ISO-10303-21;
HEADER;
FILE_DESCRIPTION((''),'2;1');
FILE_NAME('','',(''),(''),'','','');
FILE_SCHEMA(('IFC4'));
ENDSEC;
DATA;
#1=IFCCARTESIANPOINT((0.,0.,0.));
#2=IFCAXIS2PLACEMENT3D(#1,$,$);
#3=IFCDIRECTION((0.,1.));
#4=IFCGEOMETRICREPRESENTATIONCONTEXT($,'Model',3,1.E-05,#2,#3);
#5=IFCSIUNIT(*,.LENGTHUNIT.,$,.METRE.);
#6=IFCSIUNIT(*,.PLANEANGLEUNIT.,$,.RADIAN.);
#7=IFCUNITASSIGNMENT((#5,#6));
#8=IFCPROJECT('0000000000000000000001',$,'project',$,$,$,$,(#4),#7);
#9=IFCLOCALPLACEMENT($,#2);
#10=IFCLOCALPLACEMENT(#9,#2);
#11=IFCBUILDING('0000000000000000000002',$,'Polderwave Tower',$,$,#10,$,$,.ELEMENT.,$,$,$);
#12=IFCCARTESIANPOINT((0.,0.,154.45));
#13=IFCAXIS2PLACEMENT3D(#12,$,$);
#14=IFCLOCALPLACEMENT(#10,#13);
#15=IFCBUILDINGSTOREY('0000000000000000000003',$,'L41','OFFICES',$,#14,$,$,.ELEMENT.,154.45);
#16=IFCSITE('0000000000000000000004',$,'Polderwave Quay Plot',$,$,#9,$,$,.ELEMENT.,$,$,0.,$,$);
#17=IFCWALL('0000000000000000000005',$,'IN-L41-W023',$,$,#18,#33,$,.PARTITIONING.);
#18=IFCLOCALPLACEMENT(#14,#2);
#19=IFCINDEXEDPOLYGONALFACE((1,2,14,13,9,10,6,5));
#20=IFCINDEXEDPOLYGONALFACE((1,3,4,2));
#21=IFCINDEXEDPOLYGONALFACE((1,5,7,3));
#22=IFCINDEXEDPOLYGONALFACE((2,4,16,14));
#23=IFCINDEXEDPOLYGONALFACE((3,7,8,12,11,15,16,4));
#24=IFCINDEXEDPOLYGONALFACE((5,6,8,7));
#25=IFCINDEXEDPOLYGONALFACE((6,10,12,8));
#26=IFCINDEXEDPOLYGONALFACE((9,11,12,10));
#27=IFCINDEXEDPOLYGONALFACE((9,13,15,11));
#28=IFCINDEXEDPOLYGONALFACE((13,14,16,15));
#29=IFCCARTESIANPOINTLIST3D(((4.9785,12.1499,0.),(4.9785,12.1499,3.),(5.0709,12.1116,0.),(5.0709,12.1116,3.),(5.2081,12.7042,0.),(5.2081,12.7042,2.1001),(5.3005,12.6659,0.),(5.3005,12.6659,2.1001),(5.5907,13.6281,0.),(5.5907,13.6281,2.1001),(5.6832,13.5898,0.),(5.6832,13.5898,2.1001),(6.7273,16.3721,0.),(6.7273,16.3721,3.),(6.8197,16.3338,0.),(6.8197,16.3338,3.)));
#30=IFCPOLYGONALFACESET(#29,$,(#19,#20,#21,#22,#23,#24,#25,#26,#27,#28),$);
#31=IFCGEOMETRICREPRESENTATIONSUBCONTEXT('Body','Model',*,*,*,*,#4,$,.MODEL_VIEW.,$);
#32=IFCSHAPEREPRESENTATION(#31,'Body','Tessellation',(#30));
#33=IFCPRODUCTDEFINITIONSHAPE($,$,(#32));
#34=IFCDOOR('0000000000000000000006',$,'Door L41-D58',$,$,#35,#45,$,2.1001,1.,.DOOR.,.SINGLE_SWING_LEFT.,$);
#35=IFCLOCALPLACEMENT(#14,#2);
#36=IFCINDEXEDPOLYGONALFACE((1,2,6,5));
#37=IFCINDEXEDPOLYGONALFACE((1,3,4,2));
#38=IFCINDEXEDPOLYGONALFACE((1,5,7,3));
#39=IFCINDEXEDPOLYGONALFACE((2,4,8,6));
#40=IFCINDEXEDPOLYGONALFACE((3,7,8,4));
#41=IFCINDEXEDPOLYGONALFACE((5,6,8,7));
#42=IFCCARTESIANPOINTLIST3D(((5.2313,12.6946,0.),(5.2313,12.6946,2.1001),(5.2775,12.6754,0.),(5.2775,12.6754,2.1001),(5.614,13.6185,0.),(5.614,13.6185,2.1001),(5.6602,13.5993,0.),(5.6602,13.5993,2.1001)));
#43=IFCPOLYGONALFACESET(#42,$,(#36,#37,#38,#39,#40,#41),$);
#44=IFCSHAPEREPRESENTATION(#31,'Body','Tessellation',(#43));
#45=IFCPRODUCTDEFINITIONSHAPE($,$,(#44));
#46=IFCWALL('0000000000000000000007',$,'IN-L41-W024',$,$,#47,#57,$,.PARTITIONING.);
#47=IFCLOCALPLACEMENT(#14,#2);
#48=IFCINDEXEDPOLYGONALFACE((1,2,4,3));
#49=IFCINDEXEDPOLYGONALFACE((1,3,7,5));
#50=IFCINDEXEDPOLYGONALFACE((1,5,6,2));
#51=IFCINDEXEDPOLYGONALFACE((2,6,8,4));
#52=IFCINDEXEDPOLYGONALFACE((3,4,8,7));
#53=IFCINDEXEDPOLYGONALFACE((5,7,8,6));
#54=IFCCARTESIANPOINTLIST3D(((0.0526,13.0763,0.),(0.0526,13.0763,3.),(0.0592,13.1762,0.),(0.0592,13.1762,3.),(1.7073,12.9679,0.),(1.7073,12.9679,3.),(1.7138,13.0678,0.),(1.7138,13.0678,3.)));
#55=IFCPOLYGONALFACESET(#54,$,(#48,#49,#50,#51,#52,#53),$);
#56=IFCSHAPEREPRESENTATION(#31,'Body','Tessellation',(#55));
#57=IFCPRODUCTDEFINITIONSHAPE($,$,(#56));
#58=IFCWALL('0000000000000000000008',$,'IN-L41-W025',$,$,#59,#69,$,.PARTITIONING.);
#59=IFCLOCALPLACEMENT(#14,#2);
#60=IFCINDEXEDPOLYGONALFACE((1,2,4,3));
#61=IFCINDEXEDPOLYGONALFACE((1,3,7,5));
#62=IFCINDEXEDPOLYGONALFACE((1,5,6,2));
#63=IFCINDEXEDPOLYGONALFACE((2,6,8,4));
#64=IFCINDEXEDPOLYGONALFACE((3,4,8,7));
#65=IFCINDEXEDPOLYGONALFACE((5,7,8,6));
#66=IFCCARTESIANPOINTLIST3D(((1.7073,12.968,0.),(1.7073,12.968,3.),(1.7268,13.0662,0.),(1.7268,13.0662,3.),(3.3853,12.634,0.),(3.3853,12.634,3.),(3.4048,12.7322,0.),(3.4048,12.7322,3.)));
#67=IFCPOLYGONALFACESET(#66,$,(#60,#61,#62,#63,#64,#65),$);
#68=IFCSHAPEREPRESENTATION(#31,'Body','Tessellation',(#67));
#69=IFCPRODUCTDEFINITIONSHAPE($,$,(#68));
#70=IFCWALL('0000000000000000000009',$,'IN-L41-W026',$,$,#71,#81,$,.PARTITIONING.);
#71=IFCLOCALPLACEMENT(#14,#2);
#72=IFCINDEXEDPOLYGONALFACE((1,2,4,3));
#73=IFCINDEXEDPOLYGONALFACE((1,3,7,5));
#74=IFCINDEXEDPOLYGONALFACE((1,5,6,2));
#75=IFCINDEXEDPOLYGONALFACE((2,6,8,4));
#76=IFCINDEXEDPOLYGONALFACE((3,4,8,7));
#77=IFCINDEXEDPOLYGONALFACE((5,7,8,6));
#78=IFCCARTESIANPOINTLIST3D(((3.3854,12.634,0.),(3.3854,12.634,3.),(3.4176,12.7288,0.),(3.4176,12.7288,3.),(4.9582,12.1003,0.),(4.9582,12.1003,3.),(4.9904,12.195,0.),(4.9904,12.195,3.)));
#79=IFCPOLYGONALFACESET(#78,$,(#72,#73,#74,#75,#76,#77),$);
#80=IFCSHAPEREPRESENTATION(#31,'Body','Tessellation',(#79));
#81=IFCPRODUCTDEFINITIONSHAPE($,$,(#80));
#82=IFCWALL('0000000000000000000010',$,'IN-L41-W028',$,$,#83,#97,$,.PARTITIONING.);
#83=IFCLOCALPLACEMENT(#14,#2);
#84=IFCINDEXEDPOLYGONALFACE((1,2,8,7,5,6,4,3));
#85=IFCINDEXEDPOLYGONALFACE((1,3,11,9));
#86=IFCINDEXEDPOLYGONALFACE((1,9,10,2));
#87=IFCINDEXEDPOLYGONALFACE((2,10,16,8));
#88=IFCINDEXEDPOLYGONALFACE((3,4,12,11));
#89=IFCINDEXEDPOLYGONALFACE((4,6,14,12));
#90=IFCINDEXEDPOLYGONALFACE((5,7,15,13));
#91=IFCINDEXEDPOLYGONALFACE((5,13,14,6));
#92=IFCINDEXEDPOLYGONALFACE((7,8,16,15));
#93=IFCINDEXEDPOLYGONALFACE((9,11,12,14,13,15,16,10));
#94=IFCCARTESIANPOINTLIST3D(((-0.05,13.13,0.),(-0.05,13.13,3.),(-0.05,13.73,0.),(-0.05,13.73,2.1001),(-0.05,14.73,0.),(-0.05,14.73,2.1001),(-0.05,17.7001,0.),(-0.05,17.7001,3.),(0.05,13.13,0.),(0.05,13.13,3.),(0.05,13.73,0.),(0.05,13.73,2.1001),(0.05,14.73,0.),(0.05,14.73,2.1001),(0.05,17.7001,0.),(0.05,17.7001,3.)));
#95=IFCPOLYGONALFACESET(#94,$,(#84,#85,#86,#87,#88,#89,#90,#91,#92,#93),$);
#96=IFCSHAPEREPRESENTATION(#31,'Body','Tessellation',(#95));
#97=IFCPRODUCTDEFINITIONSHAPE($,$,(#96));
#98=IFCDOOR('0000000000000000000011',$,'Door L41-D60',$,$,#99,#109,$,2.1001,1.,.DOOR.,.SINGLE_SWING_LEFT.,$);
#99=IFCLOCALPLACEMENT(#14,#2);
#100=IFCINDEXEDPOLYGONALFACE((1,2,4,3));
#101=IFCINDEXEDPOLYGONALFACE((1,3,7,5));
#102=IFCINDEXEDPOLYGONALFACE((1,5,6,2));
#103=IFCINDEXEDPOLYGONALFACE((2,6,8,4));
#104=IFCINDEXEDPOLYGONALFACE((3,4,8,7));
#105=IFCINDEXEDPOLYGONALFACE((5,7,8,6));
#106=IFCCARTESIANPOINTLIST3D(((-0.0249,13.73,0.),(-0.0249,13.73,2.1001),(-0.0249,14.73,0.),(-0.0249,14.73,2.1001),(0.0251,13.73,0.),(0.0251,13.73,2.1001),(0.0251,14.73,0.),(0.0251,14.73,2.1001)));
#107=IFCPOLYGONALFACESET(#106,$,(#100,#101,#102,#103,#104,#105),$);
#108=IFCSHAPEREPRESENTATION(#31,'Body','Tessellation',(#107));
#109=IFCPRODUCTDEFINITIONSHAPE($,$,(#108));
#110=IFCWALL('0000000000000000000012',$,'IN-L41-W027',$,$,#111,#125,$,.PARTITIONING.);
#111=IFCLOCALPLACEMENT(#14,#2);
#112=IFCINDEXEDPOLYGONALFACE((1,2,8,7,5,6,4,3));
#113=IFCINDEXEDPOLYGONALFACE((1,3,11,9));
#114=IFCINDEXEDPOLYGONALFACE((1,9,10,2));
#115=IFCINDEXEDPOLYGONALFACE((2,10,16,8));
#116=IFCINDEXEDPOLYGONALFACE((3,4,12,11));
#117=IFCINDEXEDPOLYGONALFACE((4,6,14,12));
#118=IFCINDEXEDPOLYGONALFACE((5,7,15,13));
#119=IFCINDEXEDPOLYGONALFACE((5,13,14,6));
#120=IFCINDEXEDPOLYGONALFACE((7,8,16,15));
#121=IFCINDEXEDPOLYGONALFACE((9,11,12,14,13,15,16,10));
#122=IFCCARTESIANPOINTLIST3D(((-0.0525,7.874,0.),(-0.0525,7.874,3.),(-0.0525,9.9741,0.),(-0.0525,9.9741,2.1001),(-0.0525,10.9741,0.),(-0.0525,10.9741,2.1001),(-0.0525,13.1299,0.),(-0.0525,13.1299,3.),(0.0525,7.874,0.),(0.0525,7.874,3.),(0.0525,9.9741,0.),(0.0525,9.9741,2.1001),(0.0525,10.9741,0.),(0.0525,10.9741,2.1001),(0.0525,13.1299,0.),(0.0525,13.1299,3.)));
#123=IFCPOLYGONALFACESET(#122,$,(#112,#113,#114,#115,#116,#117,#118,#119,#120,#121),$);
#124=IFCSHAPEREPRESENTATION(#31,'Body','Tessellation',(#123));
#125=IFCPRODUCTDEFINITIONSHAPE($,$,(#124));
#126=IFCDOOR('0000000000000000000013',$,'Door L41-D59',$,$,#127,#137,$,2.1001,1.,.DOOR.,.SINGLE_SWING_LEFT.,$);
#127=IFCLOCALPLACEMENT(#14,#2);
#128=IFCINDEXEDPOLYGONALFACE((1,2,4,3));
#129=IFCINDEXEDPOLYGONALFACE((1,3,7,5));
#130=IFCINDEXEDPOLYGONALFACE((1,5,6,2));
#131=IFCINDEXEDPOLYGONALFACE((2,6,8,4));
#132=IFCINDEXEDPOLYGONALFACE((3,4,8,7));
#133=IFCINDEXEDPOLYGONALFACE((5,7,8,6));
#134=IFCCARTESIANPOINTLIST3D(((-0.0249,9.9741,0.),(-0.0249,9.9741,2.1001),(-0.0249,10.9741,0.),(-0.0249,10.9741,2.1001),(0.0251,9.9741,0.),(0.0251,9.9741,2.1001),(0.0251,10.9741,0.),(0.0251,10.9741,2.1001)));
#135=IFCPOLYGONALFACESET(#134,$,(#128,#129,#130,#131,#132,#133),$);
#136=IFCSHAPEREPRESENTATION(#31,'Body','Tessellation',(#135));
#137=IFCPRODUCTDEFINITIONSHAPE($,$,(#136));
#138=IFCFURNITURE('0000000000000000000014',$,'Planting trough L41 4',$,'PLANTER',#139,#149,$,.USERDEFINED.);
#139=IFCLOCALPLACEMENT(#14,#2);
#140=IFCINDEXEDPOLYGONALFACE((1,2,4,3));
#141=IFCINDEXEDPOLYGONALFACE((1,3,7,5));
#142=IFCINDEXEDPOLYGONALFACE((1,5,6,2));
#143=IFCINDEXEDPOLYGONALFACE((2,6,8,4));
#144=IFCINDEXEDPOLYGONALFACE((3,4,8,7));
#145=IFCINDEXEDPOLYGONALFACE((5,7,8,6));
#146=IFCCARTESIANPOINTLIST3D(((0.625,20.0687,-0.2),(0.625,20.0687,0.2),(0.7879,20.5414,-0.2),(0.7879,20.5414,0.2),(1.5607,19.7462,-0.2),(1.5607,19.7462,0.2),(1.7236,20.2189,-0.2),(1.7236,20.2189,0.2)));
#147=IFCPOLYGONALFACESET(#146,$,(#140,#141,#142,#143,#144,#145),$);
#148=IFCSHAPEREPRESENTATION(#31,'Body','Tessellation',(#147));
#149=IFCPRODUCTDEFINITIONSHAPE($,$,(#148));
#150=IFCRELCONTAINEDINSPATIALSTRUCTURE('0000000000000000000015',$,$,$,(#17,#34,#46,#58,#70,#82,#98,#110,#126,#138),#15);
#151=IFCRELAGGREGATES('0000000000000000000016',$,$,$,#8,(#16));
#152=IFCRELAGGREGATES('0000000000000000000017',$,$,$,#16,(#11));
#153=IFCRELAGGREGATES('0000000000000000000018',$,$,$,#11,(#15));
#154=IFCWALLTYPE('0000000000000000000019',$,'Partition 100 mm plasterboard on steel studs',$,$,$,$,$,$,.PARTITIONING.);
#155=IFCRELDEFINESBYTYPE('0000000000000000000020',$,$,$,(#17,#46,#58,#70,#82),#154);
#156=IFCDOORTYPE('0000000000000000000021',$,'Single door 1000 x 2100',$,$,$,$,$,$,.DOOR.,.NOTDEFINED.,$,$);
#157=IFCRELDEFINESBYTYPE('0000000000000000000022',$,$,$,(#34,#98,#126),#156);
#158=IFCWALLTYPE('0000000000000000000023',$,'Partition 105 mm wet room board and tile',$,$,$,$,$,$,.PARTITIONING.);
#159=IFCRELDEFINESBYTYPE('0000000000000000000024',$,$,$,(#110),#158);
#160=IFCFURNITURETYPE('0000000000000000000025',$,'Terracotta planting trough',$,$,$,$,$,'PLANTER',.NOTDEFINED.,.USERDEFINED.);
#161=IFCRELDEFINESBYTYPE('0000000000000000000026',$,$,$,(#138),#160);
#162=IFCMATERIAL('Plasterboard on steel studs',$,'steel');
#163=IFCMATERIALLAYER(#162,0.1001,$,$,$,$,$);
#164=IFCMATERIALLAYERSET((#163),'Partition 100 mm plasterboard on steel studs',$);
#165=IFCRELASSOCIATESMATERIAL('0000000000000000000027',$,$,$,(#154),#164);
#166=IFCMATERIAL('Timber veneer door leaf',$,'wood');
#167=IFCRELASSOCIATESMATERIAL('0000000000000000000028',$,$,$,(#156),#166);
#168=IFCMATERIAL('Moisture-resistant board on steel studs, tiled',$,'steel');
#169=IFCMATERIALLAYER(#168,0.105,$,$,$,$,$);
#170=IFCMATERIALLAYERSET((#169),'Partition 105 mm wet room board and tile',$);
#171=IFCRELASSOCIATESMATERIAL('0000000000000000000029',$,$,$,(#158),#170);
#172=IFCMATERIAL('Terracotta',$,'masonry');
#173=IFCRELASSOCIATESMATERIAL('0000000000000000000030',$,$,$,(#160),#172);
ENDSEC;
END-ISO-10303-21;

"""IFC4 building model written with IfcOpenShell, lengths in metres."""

from ifc_helpers import new_model, si_unit, direction, frame, frame_2d, origin, origin_2d, place, context, subcontext, project, spatial, rectangle, extrude, material, layer, layer_set, type_object, element, fill, save


model = new_model("IFC4")

# Units and contexts
model_context = context("Model", 3, precision=1e-05, world=origin(), true_north=direction((0.0, 1.0)))
body_context = subcontext(model_context, "Body", "Model", "MODEL_VIEW")
ifc_project = project(units=[si_unit("LENGTHUNIT", "METRE"), si_unit("PLANEANGLEUNIT", "RADIAN")], contexts=[model_context])

# Site, building, storey
site_placement = place(None, origin())
site = spatial("IfcSite", under=ifc_project, at=site_placement, Name="Polderwave Quay Plot", CompositionType="ELEMENT", RefElevation=0.0)
building_placement = place(site_placement, origin())
building = spatial("IfcBuilding", under=site, at=building_placement, Name="Polderwave Tower", CompositionType="ELEMENT")
storey_placement = place(building_placement, frame((0.0, 0.0, 154.45)))
storey = spatial("IfcBuildingStorey", under=building, at=storey_placement, Name="L41", Description="OFFICES", CompositionType="ELEMENT", Elevation=154.45)

# Wall, opening, door
ifc_material_1 = material(Name="Plasterboard on steel studs", Category="steel")
ifc_layer_1 = layer(ifc_material_1, 0.1001)
ifc_layer_set_1 = layer_set([ifc_layer_1], Name="Partition 100 mm plasterboard on steel studs")
wall_type_1 = type_object("IfcWallType", Name="Partition 100 mm plasterboard on steel studs", PredefinedType="PARTITIONING", material=ifc_layer_set_1)
ifc_material_2 = material(Name="Timber veneer door leaf", Category="wood")
door_type = type_object("IfcDoorType", Name="Single door 1000 x 2100", OperationType="NOTDEFINED", PredefinedType="DOOR", material=ifc_material_2)
wall_1_placement = place(storey_placement, frame((5.0247, 12.1306, 0.0), z_axis=(0.0, 0.0, 1.0), x_axis=(0.382665, 0.923887, 0.0)))
wall_1 = element("IfcWall", 1, at=wall_1_placement, inside=storey, type_object=wall_type_1, Name="IN-L41-W023", PredefinedType="PARTITIONING", context=body_context, shape_type="SweptSolid", body=[
    extrude(rectangle(XDim=4.5701, YDim=0.1001, at=frame_2d((2.2852, 0.0))), origin(), (0.0, 0.0, 1.0), 3.0),
])
opening_1_placement = place(wall_1_placement, frame((0.6001, 0.0, 0.0)))
opening_1 = element("IfcOpeningElement", 2, at=opening_1_placement, cuts=wall_1, PredefinedType="OPENING", context=body_context, shape_type="SweptSolid", body=[
    extrude(rectangle(XDim=1.0, YDim=2.1001, at=frame_2d((0.5, 1.05))), frame((0.0, 0.0601, 0.0), z_axis=(0.0, -1.0, 0.0), x_axis=(1.0, 0.0, 0.0)), (0.0, 0.0, 1.0), 0.1201),
])
door_1_placement = place(opening_1_placement, origin())
door_1 = element("IfcDoor", 3, at=door_1_placement, inside=storey, type_object=door_type, Name="Door L41-D58", OperationType="SINGLE_SWING_LEFT", OverallHeight=2.1001, OverallWidth=1.0, PredefinedType="DOOR", context=body_context, shape_type="SweptSolid", body=[
    extrude(rectangle(XDim=1.0, YDim=2.1001, at=frame_2d((0.5, 1.05))), frame((0.0, 0.0249, 0.0), z_axis=(0.0, -1.0, 0.0), x_axis=(1.0, 0.0, 0.0)), (0.0, 0.0, 1.0), 0.05),
])
fill(opening_1, door_1)

# Walls
wall_2_placement = place(storey_placement, frame((0.0559, 13.1262, 0.0), z_axis=(0.0, 0.0, 1.0), x_axis=(0.997861, -0.065376, 0.0)))
element("IfcWall", 4, at=wall_2_placement, inside=storey, type_object=wall_type_1, Name="IN-L41-W024", PredefinedType="PARTITIONING", context=body_context, shape_type="SweptSolid", body=[
    extrude(rectangle(XDim=1.6582, YDim=0.1001, at=frame_2d((0.8291, 0.0))), origin(), (0.0, 0.0, 1.0), 3.0),
])
wall_3_placement = place(storey_placement, frame((1.717, 13.0171, 0.0), z_axis=(0.0, 0.0, 1.0), x_axis=(0.980761, -0.19521, 0.0)))
element("IfcWall", 5, at=wall_3_placement, inside=storey, type_object=wall_type_1, Name="IN-L41-W025", PredefinedType="PARTITIONING", context=body_context, shape_type="SweptSolid", body=[
    extrude(rectangle(XDim=1.7109, YDim=0.1001, at=frame_2d((0.8555, 0.0))), origin(), (0.0, 0.0, 1.0), 3.0),
])
wall_4_placement = place(storey_placement, frame((3.4014, 12.6814, 0.0), z_axis=(0.0, 0.0, 1.0), x_axis=(0.946964, -0.321339, 0.0)))
element("IfcWall", 6, at=wall_4_placement, inside=storey, type_object=wall_type_1, Name="IN-L41-W026", PredefinedType="PARTITIONING", context=body_context, shape_type="SweptSolid", body=[
    extrude(rectangle(XDim=1.6609, YDim=0.1001, at=frame_2d((0.8306, 0.0))), origin(), (0.0, 0.0, 1.0), 3.0),
])

# Walls, openings, doors
wall_5_placement = place(storey_placement, frame((0.0, 13.1299, 0.0), z_axis=(0.0, 0.0, 1.0), x_axis=(0.0, 1.0, 0.0)))
wall_5 = element("IfcWall", 7, at=wall_5_placement, inside=storey, type_object=wall_type_1, Name="IN-L41-W028", PredefinedType="PARTITIONING", context=body_context, shape_type="SweptSolid", body=[
    extrude(rectangle(XDim=4.5701, YDim=0.1001, at=frame_2d((2.2852, 0.0))), origin(), (0.0, 0.0, 1.0), 3.0),
])
opening_2_placement = place(wall_5_placement, frame((0.6001, 0.0, 0.0)))
opening_2 = element("IfcOpeningElement", 8, at=opening_2_placement, cuts=wall_5, PredefinedType="OPENING", context=body_context, shape_type="SweptSolid", body=[
    extrude(rectangle(XDim=1.0, YDim=2.1001, at=frame_2d((0.5, 1.05))), frame((0.0, 0.0601, 0.0), z_axis=(0.0, -1.0, 0.0), x_axis=(1.0, 0.0, 0.0)), (0.0, 0.0, 1.0), 0.1201),
])
door_2_placement = place(opening_2_placement, origin())
door_2 = element("IfcDoor", 9, at=door_2_placement, inside=storey, type_object=door_type, Name="Door L41-D60", OperationType="SINGLE_SWING_LEFT", OverallHeight=2.1001, OverallWidth=1.0, PredefinedType="DOOR", context=body_context, shape_type="SweptSolid", body=[
    extrude(rectangle(XDim=1.0, YDim=2.1001, at=frame_2d((0.5, 1.05))), frame((0.0, 0.0249, 0.0), z_axis=(0.0, -1.0, 0.0), x_axis=(1.0, 0.0, 0.0)), (0.0, 0.0, 1.0), 0.05),
])
fill(opening_2, door_2)
ifc_material_3 = material(Name="Moisture-resistant board on steel studs, tiled", Category="steel")
ifc_layer_2 = layer(ifc_material_3, 0.105)
ifc_layer_set_2 = layer_set([ifc_layer_2], Name="Partition 105 mm wet room board and tile")
wall_type_2 = type_object("IfcWallType", Name="Partition 105 mm wet room board and tile", PredefinedType="PARTITIONING", material=ifc_layer_set_2)
wall_6_placement = place(storey_placement, frame((0.0, 7.874, 0.0), z_axis=(0.0, 0.0, 1.0), x_axis=(0.0, 1.0, 0.0)))
wall_6 = element("IfcWall", 10, at=wall_6_placement, inside=storey, type_object=wall_type_2, Name="IN-L41-W027", PredefinedType="PARTITIONING", context=body_context, shape_type="SweptSolid", body=[
    extrude(rectangle(XDim=5.2559, YDim=0.105, at=frame_2d((2.6279, 0.0))), origin(), (0.0, 0.0, 1.0), 3.0),
])
opening_3_placement = place(wall_6_placement, frame((2.1001, 0.0, 0.0)))
opening_3 = element("IfcOpeningElement", 11, at=opening_3_placement, cuts=wall_6, PredefinedType="OPENING", context=body_context, shape_type="SweptSolid", body=[
    extrude(rectangle(XDim=1.0, YDim=2.1001, at=frame_2d((0.5, 1.05))), frame((0.0, 0.0625, 0.0), z_axis=(0.0, -1.0, 0.0), x_axis=(1.0, 0.0, 0.0)), (0.0, 0.0, 1.0), 0.125),
])
door_3_placement = place(opening_3_placement, origin())
door_3 = element("IfcDoor", 12, at=door_3_placement, inside=storey, type_object=door_type, Name="Door L41-D59", OperationType="SINGLE_SWING_LEFT", OverallHeight=2.1001, OverallWidth=1.0, PredefinedType="DOOR", context=body_context, shape_type="SweptSolid", body=[
    extrude(rectangle(XDim=1.0, YDim=2.1001, at=frame_2d((0.5, 1.05))), frame((0.0, 0.0249, 0.0), z_axis=(0.0, -1.0, 0.0), x_axis=(1.0, 0.0, 0.0)), (0.0, 0.0, 1.0), 0.05),
])
fill(opening_3, door_3)

# Furniture
ifc_material_4 = material(Name="Terracotta", Category="masonry")
furniture_type = type_object("IfcFurnitureType", Name="Terracotta planting trough", ElementType="PLANTER", AssemblyPlace="NOTDEFINED", PredefinedType="USERDEFINED", material=ifc_material_4)
furniture_placement = place(storey_placement, frame((1.1743, 20.1438, -0.2), z_axis=(0.0, 0.0, 1.0), x_axis=(-0.945433, 0.325817, 0.0)))
element("IfcFurniture", 13, at=furniture_placement, inside=storey, type_object=furniture_type, Name="Planting trough L41 4", ObjectType="PLANTER", PredefinedType="USERDEFINED", context=body_context, shape_type="SweptSolid", body=[
    extrude(rectangle(XDim=0.9897, YDim=0.5, at=origin_2d()), origin(), (0.0, 0.0, 1.0), 0.3999),
])

save(model, "model.ifc")
